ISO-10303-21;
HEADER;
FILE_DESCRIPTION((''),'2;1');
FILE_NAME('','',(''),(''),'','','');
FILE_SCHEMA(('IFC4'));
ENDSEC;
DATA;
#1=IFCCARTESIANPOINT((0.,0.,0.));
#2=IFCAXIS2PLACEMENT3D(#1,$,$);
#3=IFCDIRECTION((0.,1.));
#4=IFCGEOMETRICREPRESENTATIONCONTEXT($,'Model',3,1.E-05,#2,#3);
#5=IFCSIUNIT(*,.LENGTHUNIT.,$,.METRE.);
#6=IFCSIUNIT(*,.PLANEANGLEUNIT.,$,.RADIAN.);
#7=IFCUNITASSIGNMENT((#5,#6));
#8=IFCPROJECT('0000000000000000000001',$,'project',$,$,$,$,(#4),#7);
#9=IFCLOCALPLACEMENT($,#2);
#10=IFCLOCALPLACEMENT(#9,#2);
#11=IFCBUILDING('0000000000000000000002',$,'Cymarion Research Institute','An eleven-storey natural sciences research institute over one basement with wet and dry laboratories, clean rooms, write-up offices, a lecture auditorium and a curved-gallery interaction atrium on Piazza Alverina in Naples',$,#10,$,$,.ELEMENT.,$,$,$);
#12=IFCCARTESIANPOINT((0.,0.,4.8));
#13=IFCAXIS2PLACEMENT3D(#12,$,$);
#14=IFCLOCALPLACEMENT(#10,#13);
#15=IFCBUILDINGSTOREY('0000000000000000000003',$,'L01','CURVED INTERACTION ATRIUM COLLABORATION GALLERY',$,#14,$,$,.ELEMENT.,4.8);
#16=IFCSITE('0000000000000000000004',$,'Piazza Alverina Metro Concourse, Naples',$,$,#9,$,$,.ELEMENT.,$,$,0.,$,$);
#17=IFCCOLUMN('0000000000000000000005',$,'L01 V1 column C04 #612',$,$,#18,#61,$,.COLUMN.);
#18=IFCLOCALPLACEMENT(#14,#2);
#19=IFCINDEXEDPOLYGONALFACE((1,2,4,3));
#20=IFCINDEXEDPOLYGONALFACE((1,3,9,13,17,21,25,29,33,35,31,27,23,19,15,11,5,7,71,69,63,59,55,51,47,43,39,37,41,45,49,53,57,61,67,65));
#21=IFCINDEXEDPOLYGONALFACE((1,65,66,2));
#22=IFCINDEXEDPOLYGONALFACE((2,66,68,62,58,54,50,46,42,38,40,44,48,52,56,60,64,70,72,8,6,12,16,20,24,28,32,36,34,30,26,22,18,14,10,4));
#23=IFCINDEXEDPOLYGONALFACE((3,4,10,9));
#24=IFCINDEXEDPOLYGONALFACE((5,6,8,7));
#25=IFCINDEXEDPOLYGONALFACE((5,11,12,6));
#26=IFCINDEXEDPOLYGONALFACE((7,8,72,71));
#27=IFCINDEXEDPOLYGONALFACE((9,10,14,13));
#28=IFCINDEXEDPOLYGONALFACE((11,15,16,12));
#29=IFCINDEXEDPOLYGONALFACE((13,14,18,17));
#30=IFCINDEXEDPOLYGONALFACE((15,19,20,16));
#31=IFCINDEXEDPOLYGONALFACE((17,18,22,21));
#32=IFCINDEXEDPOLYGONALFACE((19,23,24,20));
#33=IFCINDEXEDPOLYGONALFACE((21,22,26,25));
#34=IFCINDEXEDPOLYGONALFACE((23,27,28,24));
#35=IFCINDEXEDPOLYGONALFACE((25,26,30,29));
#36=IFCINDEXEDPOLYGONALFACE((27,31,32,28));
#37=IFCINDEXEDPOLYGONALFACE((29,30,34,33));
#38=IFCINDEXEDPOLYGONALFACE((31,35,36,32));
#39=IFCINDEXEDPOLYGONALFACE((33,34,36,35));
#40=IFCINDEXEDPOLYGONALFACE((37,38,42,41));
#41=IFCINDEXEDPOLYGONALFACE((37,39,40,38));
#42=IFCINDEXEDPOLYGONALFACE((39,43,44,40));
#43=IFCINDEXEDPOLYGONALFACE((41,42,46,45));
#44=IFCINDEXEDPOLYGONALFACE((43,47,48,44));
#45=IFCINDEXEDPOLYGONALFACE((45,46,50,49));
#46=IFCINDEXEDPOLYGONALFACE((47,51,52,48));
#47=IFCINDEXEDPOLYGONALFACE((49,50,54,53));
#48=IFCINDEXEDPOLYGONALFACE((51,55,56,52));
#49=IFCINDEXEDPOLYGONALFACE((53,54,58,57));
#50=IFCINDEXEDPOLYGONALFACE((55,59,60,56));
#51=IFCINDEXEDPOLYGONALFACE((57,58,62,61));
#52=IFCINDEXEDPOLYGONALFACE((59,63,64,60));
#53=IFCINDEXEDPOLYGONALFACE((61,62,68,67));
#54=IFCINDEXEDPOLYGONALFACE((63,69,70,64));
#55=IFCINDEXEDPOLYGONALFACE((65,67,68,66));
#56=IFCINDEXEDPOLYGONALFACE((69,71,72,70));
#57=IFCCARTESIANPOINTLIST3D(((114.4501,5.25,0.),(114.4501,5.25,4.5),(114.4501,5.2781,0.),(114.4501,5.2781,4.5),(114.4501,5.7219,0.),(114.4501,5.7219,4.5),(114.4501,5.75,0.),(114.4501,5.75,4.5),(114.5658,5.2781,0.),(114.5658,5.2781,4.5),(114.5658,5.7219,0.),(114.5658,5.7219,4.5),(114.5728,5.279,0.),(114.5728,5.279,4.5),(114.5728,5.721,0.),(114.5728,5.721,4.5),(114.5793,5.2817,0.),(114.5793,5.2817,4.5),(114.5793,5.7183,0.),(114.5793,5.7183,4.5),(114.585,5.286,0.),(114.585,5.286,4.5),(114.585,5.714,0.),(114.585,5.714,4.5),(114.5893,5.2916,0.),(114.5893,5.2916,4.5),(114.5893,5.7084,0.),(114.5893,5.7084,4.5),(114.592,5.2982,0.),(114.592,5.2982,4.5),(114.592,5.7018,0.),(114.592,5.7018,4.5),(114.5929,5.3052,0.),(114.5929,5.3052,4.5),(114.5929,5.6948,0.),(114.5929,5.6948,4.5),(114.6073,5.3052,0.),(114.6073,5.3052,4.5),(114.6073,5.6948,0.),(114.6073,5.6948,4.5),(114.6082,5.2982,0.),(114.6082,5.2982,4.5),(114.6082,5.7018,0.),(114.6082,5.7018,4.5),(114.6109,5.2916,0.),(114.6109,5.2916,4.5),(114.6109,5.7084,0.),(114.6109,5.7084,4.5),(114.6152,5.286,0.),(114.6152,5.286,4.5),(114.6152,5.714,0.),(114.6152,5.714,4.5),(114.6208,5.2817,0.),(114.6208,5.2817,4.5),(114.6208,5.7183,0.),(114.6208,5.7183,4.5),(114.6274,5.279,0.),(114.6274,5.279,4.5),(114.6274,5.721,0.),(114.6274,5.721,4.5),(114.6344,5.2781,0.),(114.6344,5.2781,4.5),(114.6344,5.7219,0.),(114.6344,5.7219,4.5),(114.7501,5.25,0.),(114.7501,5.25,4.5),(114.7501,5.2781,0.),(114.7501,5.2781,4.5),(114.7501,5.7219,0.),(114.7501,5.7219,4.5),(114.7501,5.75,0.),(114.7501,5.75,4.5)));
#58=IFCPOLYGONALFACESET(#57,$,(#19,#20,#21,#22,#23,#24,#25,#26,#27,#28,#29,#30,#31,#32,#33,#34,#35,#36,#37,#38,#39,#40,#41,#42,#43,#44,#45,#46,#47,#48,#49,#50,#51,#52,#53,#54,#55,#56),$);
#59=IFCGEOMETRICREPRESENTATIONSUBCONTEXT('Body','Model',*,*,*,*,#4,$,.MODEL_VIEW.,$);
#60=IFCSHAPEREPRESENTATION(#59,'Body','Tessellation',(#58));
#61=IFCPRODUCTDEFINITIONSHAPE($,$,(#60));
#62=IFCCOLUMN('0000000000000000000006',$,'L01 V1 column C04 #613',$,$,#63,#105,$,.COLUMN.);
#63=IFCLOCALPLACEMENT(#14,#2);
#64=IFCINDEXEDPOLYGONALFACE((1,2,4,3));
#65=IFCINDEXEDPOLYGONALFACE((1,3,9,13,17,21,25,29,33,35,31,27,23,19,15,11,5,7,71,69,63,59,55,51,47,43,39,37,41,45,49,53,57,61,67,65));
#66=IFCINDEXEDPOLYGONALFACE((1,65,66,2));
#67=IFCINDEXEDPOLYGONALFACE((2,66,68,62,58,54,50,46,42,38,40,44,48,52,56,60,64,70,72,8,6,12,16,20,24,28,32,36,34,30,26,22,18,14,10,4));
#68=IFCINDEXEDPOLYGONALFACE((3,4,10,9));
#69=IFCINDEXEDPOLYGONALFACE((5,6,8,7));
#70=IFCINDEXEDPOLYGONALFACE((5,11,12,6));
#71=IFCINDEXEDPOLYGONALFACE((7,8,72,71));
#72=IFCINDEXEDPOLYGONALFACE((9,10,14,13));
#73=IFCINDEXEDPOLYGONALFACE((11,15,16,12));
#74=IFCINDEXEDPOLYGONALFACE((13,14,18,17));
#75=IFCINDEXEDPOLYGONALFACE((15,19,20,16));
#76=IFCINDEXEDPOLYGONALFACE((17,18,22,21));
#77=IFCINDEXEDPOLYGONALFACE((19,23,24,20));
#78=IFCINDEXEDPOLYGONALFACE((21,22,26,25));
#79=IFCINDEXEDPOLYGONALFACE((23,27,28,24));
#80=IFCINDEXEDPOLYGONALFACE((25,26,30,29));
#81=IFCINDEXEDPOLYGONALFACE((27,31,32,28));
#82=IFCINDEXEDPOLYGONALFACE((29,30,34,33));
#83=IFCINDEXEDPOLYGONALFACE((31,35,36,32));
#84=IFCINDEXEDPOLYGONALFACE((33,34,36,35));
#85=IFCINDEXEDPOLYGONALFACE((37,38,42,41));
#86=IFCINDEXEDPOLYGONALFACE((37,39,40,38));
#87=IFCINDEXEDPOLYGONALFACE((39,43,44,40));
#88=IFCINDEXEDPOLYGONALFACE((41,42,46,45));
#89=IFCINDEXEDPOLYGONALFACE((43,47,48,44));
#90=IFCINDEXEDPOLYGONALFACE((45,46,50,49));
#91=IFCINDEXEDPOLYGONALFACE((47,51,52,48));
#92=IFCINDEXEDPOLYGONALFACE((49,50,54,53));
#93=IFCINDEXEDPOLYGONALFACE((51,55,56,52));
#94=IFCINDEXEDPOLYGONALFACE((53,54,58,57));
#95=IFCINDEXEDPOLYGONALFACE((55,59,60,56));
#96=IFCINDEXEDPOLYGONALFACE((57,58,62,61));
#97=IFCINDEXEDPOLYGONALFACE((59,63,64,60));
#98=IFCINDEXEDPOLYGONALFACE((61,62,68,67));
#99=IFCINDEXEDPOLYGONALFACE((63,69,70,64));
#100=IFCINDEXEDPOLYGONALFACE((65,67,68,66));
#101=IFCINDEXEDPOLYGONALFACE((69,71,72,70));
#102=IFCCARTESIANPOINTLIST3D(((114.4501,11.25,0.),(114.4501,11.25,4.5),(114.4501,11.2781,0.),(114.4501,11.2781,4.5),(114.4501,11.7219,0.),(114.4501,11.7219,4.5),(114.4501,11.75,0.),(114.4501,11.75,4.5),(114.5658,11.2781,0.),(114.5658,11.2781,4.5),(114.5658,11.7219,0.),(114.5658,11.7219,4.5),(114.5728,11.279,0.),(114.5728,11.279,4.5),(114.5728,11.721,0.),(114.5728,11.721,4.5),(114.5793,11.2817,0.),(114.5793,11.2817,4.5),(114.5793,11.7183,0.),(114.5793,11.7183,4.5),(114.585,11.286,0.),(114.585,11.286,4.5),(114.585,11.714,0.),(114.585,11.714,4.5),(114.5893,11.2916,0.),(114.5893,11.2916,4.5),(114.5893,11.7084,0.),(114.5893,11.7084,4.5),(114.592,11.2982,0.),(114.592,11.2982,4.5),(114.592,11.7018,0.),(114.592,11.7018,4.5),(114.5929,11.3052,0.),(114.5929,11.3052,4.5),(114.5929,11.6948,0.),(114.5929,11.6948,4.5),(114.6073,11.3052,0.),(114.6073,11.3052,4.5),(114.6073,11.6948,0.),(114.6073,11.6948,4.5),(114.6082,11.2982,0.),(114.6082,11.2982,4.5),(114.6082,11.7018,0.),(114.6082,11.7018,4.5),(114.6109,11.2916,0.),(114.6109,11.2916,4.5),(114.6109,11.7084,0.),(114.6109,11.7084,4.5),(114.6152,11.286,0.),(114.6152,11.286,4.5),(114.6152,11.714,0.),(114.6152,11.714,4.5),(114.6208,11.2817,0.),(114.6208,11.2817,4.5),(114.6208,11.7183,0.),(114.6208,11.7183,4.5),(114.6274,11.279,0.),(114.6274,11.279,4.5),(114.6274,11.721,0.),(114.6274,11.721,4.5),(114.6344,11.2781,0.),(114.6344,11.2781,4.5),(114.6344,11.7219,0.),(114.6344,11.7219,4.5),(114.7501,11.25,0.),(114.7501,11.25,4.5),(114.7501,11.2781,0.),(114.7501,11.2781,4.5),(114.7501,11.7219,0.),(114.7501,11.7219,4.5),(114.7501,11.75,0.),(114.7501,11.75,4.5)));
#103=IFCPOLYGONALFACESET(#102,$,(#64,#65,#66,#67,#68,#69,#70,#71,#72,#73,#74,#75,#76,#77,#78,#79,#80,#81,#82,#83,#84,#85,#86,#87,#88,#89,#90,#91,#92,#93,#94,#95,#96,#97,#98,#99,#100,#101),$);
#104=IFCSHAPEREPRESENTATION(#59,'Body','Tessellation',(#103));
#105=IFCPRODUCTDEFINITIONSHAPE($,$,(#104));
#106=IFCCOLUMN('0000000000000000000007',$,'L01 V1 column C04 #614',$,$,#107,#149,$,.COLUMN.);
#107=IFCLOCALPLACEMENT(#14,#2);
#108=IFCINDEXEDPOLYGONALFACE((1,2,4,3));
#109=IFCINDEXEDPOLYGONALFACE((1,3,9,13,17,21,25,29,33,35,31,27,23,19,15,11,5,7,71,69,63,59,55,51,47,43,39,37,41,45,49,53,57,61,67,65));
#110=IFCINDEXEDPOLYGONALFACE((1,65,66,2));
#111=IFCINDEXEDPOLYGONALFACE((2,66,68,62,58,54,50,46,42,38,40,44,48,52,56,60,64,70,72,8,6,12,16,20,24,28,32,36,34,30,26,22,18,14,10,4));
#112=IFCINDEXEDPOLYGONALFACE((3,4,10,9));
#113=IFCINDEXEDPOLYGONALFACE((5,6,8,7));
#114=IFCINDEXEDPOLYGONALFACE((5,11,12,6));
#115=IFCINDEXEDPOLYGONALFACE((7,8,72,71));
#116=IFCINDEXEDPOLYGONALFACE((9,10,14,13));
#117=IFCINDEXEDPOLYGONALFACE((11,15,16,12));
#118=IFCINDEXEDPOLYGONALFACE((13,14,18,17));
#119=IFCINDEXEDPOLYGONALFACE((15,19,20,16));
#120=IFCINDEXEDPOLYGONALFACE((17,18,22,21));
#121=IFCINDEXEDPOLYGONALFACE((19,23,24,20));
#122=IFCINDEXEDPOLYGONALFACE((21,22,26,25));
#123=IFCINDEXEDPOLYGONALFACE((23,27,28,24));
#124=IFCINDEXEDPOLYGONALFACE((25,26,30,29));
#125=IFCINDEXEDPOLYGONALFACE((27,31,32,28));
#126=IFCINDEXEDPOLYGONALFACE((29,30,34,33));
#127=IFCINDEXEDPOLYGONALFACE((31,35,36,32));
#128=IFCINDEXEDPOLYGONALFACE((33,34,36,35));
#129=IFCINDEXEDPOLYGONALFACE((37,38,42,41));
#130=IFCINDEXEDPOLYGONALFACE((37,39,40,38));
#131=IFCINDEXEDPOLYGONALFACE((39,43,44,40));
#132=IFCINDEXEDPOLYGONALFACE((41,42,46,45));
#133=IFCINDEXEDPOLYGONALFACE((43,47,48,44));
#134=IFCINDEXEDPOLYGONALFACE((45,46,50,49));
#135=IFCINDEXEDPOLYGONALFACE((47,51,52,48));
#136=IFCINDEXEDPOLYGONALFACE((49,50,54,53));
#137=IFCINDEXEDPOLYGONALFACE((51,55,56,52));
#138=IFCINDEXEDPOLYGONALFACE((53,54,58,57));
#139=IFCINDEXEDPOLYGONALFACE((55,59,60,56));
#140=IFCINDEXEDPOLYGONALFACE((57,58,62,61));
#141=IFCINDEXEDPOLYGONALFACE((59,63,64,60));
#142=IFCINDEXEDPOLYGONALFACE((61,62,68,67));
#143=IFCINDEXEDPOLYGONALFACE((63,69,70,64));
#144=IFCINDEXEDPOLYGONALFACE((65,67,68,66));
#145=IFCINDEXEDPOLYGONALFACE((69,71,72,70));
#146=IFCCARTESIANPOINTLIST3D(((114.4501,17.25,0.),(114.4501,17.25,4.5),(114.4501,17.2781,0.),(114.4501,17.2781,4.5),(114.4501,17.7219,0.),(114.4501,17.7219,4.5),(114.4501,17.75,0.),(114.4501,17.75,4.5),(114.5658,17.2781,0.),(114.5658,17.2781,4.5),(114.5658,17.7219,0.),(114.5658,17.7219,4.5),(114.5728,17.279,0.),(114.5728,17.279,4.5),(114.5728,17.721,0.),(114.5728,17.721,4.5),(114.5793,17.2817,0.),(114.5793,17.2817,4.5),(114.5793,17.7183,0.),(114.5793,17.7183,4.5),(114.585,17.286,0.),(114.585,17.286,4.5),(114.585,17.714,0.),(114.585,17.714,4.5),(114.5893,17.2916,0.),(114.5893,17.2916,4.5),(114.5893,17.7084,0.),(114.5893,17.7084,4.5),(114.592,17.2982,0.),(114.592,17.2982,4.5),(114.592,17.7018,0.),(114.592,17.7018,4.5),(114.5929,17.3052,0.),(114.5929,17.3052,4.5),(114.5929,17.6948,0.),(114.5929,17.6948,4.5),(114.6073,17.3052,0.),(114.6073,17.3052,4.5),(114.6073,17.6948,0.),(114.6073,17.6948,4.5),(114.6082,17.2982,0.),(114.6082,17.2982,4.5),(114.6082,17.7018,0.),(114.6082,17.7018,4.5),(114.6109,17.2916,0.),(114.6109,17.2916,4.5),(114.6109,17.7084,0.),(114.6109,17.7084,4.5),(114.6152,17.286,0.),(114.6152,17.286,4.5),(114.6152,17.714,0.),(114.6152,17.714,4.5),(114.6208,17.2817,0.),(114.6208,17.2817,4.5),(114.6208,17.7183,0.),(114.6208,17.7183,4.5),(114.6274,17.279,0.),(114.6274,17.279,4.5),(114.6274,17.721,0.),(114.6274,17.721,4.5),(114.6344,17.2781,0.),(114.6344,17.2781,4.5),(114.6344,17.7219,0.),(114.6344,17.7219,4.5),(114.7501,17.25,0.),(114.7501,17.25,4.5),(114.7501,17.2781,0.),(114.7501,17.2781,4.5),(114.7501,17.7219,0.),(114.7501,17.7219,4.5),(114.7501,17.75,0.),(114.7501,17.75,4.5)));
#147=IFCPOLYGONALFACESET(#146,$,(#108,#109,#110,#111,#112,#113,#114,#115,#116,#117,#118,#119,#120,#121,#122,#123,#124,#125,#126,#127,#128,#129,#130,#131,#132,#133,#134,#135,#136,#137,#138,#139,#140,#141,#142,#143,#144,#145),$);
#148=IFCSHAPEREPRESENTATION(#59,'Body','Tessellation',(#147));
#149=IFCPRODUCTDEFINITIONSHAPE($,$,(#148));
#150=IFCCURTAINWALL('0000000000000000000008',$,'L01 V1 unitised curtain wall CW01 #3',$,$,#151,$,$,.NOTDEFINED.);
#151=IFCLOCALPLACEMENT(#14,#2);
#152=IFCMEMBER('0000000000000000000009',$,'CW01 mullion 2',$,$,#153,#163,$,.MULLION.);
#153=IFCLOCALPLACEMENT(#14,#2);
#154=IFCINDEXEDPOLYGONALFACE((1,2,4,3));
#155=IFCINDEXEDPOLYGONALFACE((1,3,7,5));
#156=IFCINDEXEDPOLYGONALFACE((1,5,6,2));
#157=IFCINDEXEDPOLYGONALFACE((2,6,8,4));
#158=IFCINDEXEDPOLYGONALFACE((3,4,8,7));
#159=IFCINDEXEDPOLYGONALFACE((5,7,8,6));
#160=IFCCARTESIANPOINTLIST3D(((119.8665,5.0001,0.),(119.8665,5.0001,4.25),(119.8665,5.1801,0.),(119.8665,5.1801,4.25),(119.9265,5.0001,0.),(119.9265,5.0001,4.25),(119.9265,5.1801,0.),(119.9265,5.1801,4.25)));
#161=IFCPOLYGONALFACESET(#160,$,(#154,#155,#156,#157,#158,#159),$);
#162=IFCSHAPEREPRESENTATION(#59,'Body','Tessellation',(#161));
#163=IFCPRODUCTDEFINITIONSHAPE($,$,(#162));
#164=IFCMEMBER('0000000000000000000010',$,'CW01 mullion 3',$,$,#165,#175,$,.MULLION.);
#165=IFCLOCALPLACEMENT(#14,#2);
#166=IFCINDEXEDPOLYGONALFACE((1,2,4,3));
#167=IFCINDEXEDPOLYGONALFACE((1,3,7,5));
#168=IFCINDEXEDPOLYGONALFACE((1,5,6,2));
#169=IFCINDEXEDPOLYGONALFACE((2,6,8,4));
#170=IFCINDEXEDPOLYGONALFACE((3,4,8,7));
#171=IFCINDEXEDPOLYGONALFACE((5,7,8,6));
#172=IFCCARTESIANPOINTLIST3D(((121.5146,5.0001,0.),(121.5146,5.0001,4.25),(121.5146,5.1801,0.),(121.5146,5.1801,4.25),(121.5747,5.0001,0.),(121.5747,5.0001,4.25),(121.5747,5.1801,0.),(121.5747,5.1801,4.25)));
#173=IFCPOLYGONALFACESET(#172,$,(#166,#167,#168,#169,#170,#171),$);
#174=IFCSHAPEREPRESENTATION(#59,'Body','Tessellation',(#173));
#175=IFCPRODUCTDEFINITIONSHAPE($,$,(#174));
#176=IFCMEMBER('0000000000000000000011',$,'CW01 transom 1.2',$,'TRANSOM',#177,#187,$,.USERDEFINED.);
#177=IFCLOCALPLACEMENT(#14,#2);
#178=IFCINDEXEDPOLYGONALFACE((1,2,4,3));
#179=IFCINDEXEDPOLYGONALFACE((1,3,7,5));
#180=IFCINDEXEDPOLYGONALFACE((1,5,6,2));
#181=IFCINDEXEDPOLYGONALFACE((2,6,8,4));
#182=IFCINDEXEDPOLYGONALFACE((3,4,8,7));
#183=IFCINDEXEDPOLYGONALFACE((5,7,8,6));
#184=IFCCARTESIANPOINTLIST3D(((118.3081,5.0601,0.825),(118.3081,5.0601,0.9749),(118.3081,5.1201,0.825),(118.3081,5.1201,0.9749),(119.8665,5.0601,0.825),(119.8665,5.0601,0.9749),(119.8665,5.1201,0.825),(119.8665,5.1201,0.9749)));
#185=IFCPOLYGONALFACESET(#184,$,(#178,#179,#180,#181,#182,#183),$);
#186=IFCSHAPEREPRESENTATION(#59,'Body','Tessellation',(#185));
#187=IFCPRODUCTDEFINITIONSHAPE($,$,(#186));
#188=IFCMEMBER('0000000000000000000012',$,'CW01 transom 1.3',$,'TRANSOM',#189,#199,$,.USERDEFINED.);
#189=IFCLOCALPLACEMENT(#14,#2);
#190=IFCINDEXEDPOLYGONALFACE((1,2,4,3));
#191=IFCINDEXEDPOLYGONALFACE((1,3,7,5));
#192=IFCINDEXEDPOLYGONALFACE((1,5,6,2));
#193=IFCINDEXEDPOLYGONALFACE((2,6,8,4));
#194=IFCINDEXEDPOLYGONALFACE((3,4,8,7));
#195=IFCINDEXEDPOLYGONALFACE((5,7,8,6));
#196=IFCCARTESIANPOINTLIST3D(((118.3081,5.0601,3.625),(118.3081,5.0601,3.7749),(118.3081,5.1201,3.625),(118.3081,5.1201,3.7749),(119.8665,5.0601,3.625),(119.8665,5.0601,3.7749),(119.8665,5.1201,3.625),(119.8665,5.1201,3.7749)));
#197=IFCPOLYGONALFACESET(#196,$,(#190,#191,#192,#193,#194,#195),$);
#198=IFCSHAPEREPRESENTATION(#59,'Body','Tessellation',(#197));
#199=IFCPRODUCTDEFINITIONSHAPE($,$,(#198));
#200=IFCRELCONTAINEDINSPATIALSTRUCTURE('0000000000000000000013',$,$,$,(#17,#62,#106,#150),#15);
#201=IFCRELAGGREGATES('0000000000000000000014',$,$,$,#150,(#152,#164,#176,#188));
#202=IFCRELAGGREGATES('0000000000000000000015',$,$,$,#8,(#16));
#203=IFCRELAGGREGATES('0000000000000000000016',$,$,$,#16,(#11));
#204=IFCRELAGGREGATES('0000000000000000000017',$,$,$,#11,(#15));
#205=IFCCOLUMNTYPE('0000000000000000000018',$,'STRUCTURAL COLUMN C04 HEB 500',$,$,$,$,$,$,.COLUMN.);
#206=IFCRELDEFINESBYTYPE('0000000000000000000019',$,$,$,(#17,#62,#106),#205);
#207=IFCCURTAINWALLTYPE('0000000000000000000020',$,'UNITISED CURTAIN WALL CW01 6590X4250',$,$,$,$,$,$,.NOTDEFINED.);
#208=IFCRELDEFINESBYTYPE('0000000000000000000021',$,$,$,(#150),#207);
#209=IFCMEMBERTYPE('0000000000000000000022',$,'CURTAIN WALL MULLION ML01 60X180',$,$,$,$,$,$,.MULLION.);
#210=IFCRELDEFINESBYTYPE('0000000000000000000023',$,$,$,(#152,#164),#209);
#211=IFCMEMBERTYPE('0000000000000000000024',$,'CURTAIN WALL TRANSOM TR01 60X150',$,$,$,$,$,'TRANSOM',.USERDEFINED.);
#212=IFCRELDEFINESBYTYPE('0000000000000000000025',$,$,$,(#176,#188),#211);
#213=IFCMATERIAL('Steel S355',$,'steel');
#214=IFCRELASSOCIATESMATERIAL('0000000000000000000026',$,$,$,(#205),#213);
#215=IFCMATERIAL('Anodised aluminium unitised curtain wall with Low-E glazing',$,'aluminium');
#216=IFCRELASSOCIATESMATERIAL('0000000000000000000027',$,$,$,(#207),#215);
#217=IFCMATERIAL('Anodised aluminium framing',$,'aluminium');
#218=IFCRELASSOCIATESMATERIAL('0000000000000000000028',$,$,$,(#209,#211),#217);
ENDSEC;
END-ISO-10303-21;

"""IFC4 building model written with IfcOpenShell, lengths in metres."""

from ifc_helpers import new_model, si_unit, direction, frame, origin, origin_2d, place, context, subcontext, project, spatial, rectangle, i_section, extrude, material, material_profile, profile_set, type_object, element, aggregate, save


model = new_model("IFC4")

# Units and contexts
model_context = context("Model", 3, precision=1e-05, world=origin(), true_north=direction((0.0, 1.0)))
body_context = subcontext(model_context, "Body", "Model", "MODEL_VIEW")
ifc_project = project(units=[si_unit("LENGTHUNIT", "METRE"), si_unit("PLANEANGLEUNIT", "RADIAN")], contexts=[model_context])

# Site, building, storey
site_placement = place(None, origin())
site = spatial("IfcSite", under=ifc_project, at=site_placement, Name="Piazza Alverina Metro Concourse, Naples", CompositionType="ELEMENT", RefElevation=0.0)
building_placement = place(site_placement, origin())
building = spatial("IfcBuilding", under=site, at=building_placement, Name="Cymarion Research Institute", Description="An eleven-storey natural sciences research institute over one basement with wet and dry laboratories, clean rooms, write-up offices, a lecture auditorium and a curved-gallery interaction atrium on Piazza Alverina in Naples", CompositionType="ELEMENT")
storey_placement = place(building_placement, frame((0.0, 0.0, 4.8)))
storey = spatial("IfcBuildingStorey", under=building, at=storey_placement, Name="L01", Description="CURVED INTERACTION ATRIUM COLLABORATION GALLERY", CompositionType="ELEMENT", Elevation=4.8)

# Columns
ifc_material_1 = material(Name="Steel S355", Category="steel")
ifc_material_profile_1 = material_profile(ifc_material_1, i_section(OverallWidth=0.3, OverallDepth=0.5, WebThickness=0.0144, FlangeThickness=0.0281, FilletRadius=0.0271, at=origin_2d()), Name="HEB 500")
ifc_profile_set_1 = profile_set([ifc_material_profile_1], Name="Steel S355")
column_type = type_object("IfcColumnType", Name="STRUCTURAL COLUMN C04 HEB 500", PredefinedType="COLUMN", material=ifc_profile_set_1)
for number, where, z_axis, x_axis, name in (
    (1, (114.6001, 5.5, 0.0), (0.0, 0.0, 1.0), (1.0, 0.0, 0.0), "L01 V1 column C04 #612"),
    (2, (114.6001, 11.5, 0.0), (0.0, 0.0, 1.0), (1.0, 0.0, 0.0), "L01 V1 column C04 #613"),
    (3, (114.6001, 17.5, 0.0), (0.0, 0.0, 1.0), (1.0, 0.0, 0.0), "L01 V1 column C04 #614"),
):
    element("IfcColumn", number, at=place(storey_placement, frame(where, z_axis=z_axis, x_axis=x_axis)), inside=storey, type_object=column_type, Name=name, PredefinedType="COLUMN", context=body_context, shape_type="SweptSolid", body=[
        extrude(i_section(OverallWidth=0.3, OverallDepth=0.5, WebThickness=0.0144, FlangeThickness=0.0281, FilletRadius=0.0271, at=origin_2d()), origin(), (0.0, 0.0, 1.0), 4.5),
    ])

# Curtain wall, members
ifc_material_2 = material(Name="Anodised aluminium unitised curtain wall with Low-E glazing", Category="aluminium")
curtain_wall_type = type_object("IfcCurtainWallType", Name="UNITISED CURTAIN WALL CW01 6590X4250", PredefinedType="NOTDEFINED", material=ifc_material_2)
curtain_wall_placement = place(storey_placement, origin())
curtain_wall = element("IfcCurtainWall", 4, at=curtain_wall_placement, inside=storey, type_object=curtain_wall_type, Name="L01 V1 unitised curtain wall CW01 #3", PredefinedType="NOTDEFINED")
ifc_material_3 = material(Name="Anodised aluminium framing", Category="aluminium")
ifc_material_profile_2 = material_profile(ifc_material_3, rectangle(XDim=0.0601, YDim=0.1799, at=origin_2d()), Name="ALU MULLION 60x180")
ifc_profile_set_2 = profile_set([ifc_material_profile_2], Name="Anodised aluminium framing")
member_type_1 = type_object("IfcMemberType", Name="CURTAIN WALL MULLION ML01 60X180", PredefinedType="MULLION", material=ifc_profile_set_2)
member_1_placement = place(storey_placement, frame((119.8965, 5.0901, 0.0), z_axis=(0.0, 0.0, 1.0), x_axis=(1.0, 0.0, 0.0)))
member_1 = element("IfcMember", 5, at=member_1_placement, type_object=member_type_1, Name="CW01 mullion 2", PredefinedType="MULLION", context=body_context, shape_type="SweptSolid", body=[
    extrude(rectangle(XDim=0.0601, YDim=0.1799, at=origin_2d()), origin(), (0.0, 0.0, 1.0), 4.25),
])
member_2_placement = place(storey_placement, frame((121.5447, 5.0901, 0.0), z_axis=(0.0, 0.0, 1.0), x_axis=(1.0, 0.0, 0.0)))
member_2 = element("IfcMember", 6, at=member_2_placement, type_object=member_type_1, Name="CW01 mullion 3", PredefinedType="MULLION", context=body_context, shape_type="SweptSolid", body=[
    extrude(rectangle(XDim=0.0601, YDim=0.1799, at=origin_2d()), origin(), (0.0, 0.0, 1.0), 4.25),
])
ifc_material_profile_3 = material_profile(ifc_material_3, rectangle(XDim=0.0601, YDim=0.1499, at=origin_2d()), Name="ALU TRANSOM 60x150")
ifc_profile_set_3 = profile_set([ifc_material_profile_3], Name="Anodised aluminium framing")
member_type_2 = type_object("IfcMemberType", Name="CURTAIN WALL TRANSOM TR01 60X150", ElementType="TRANSOM", PredefinedType="USERDEFINED", material=ifc_profile_set_3)
member_3_placement = place(storey_placement, frame((118.3081, 5.0901, 0.8999), z_axis=(1.0, 0.0, 0.0), x_axis=(0.0, 1.0, 0.0)))
member_3 = element("IfcMember", 7, at=member_3_placement, type_object=member_type_2, Name="CW01 transom 1.2", ObjectType="TRANSOM", PredefinedType="USERDEFINED", context=body_context, shape_type="SweptSolid", body=[
    extrude(rectangle(XDim=0.0601, YDim=0.1499, at=origin_2d()), origin(), (0.0, 0.0, 1.0), 1.5583),
])
member_4_placement = place(storey_placement, frame((118.3081, 5.0901, 3.7), z_axis=(1.0, 0.0, 0.0), x_axis=(0.0, 1.0, 0.0)))
member_4 = element("IfcMember", 8, at=member_4_placement, type_object=member_type_2, Name="CW01 transom 1.3", ObjectType="TRANSOM", PredefinedType="USERDEFINED", context=body_context, shape_type="SweptSolid", body=[
    extrude(rectangle(XDim=0.0601, YDim=0.1499, at=origin_2d()), origin(), (0.0, 0.0, 1.0), 1.5583),
])

aggregate(curtain_wall, [member_1, member_2, member_3, member_4])

save(model, "model.ifc")
